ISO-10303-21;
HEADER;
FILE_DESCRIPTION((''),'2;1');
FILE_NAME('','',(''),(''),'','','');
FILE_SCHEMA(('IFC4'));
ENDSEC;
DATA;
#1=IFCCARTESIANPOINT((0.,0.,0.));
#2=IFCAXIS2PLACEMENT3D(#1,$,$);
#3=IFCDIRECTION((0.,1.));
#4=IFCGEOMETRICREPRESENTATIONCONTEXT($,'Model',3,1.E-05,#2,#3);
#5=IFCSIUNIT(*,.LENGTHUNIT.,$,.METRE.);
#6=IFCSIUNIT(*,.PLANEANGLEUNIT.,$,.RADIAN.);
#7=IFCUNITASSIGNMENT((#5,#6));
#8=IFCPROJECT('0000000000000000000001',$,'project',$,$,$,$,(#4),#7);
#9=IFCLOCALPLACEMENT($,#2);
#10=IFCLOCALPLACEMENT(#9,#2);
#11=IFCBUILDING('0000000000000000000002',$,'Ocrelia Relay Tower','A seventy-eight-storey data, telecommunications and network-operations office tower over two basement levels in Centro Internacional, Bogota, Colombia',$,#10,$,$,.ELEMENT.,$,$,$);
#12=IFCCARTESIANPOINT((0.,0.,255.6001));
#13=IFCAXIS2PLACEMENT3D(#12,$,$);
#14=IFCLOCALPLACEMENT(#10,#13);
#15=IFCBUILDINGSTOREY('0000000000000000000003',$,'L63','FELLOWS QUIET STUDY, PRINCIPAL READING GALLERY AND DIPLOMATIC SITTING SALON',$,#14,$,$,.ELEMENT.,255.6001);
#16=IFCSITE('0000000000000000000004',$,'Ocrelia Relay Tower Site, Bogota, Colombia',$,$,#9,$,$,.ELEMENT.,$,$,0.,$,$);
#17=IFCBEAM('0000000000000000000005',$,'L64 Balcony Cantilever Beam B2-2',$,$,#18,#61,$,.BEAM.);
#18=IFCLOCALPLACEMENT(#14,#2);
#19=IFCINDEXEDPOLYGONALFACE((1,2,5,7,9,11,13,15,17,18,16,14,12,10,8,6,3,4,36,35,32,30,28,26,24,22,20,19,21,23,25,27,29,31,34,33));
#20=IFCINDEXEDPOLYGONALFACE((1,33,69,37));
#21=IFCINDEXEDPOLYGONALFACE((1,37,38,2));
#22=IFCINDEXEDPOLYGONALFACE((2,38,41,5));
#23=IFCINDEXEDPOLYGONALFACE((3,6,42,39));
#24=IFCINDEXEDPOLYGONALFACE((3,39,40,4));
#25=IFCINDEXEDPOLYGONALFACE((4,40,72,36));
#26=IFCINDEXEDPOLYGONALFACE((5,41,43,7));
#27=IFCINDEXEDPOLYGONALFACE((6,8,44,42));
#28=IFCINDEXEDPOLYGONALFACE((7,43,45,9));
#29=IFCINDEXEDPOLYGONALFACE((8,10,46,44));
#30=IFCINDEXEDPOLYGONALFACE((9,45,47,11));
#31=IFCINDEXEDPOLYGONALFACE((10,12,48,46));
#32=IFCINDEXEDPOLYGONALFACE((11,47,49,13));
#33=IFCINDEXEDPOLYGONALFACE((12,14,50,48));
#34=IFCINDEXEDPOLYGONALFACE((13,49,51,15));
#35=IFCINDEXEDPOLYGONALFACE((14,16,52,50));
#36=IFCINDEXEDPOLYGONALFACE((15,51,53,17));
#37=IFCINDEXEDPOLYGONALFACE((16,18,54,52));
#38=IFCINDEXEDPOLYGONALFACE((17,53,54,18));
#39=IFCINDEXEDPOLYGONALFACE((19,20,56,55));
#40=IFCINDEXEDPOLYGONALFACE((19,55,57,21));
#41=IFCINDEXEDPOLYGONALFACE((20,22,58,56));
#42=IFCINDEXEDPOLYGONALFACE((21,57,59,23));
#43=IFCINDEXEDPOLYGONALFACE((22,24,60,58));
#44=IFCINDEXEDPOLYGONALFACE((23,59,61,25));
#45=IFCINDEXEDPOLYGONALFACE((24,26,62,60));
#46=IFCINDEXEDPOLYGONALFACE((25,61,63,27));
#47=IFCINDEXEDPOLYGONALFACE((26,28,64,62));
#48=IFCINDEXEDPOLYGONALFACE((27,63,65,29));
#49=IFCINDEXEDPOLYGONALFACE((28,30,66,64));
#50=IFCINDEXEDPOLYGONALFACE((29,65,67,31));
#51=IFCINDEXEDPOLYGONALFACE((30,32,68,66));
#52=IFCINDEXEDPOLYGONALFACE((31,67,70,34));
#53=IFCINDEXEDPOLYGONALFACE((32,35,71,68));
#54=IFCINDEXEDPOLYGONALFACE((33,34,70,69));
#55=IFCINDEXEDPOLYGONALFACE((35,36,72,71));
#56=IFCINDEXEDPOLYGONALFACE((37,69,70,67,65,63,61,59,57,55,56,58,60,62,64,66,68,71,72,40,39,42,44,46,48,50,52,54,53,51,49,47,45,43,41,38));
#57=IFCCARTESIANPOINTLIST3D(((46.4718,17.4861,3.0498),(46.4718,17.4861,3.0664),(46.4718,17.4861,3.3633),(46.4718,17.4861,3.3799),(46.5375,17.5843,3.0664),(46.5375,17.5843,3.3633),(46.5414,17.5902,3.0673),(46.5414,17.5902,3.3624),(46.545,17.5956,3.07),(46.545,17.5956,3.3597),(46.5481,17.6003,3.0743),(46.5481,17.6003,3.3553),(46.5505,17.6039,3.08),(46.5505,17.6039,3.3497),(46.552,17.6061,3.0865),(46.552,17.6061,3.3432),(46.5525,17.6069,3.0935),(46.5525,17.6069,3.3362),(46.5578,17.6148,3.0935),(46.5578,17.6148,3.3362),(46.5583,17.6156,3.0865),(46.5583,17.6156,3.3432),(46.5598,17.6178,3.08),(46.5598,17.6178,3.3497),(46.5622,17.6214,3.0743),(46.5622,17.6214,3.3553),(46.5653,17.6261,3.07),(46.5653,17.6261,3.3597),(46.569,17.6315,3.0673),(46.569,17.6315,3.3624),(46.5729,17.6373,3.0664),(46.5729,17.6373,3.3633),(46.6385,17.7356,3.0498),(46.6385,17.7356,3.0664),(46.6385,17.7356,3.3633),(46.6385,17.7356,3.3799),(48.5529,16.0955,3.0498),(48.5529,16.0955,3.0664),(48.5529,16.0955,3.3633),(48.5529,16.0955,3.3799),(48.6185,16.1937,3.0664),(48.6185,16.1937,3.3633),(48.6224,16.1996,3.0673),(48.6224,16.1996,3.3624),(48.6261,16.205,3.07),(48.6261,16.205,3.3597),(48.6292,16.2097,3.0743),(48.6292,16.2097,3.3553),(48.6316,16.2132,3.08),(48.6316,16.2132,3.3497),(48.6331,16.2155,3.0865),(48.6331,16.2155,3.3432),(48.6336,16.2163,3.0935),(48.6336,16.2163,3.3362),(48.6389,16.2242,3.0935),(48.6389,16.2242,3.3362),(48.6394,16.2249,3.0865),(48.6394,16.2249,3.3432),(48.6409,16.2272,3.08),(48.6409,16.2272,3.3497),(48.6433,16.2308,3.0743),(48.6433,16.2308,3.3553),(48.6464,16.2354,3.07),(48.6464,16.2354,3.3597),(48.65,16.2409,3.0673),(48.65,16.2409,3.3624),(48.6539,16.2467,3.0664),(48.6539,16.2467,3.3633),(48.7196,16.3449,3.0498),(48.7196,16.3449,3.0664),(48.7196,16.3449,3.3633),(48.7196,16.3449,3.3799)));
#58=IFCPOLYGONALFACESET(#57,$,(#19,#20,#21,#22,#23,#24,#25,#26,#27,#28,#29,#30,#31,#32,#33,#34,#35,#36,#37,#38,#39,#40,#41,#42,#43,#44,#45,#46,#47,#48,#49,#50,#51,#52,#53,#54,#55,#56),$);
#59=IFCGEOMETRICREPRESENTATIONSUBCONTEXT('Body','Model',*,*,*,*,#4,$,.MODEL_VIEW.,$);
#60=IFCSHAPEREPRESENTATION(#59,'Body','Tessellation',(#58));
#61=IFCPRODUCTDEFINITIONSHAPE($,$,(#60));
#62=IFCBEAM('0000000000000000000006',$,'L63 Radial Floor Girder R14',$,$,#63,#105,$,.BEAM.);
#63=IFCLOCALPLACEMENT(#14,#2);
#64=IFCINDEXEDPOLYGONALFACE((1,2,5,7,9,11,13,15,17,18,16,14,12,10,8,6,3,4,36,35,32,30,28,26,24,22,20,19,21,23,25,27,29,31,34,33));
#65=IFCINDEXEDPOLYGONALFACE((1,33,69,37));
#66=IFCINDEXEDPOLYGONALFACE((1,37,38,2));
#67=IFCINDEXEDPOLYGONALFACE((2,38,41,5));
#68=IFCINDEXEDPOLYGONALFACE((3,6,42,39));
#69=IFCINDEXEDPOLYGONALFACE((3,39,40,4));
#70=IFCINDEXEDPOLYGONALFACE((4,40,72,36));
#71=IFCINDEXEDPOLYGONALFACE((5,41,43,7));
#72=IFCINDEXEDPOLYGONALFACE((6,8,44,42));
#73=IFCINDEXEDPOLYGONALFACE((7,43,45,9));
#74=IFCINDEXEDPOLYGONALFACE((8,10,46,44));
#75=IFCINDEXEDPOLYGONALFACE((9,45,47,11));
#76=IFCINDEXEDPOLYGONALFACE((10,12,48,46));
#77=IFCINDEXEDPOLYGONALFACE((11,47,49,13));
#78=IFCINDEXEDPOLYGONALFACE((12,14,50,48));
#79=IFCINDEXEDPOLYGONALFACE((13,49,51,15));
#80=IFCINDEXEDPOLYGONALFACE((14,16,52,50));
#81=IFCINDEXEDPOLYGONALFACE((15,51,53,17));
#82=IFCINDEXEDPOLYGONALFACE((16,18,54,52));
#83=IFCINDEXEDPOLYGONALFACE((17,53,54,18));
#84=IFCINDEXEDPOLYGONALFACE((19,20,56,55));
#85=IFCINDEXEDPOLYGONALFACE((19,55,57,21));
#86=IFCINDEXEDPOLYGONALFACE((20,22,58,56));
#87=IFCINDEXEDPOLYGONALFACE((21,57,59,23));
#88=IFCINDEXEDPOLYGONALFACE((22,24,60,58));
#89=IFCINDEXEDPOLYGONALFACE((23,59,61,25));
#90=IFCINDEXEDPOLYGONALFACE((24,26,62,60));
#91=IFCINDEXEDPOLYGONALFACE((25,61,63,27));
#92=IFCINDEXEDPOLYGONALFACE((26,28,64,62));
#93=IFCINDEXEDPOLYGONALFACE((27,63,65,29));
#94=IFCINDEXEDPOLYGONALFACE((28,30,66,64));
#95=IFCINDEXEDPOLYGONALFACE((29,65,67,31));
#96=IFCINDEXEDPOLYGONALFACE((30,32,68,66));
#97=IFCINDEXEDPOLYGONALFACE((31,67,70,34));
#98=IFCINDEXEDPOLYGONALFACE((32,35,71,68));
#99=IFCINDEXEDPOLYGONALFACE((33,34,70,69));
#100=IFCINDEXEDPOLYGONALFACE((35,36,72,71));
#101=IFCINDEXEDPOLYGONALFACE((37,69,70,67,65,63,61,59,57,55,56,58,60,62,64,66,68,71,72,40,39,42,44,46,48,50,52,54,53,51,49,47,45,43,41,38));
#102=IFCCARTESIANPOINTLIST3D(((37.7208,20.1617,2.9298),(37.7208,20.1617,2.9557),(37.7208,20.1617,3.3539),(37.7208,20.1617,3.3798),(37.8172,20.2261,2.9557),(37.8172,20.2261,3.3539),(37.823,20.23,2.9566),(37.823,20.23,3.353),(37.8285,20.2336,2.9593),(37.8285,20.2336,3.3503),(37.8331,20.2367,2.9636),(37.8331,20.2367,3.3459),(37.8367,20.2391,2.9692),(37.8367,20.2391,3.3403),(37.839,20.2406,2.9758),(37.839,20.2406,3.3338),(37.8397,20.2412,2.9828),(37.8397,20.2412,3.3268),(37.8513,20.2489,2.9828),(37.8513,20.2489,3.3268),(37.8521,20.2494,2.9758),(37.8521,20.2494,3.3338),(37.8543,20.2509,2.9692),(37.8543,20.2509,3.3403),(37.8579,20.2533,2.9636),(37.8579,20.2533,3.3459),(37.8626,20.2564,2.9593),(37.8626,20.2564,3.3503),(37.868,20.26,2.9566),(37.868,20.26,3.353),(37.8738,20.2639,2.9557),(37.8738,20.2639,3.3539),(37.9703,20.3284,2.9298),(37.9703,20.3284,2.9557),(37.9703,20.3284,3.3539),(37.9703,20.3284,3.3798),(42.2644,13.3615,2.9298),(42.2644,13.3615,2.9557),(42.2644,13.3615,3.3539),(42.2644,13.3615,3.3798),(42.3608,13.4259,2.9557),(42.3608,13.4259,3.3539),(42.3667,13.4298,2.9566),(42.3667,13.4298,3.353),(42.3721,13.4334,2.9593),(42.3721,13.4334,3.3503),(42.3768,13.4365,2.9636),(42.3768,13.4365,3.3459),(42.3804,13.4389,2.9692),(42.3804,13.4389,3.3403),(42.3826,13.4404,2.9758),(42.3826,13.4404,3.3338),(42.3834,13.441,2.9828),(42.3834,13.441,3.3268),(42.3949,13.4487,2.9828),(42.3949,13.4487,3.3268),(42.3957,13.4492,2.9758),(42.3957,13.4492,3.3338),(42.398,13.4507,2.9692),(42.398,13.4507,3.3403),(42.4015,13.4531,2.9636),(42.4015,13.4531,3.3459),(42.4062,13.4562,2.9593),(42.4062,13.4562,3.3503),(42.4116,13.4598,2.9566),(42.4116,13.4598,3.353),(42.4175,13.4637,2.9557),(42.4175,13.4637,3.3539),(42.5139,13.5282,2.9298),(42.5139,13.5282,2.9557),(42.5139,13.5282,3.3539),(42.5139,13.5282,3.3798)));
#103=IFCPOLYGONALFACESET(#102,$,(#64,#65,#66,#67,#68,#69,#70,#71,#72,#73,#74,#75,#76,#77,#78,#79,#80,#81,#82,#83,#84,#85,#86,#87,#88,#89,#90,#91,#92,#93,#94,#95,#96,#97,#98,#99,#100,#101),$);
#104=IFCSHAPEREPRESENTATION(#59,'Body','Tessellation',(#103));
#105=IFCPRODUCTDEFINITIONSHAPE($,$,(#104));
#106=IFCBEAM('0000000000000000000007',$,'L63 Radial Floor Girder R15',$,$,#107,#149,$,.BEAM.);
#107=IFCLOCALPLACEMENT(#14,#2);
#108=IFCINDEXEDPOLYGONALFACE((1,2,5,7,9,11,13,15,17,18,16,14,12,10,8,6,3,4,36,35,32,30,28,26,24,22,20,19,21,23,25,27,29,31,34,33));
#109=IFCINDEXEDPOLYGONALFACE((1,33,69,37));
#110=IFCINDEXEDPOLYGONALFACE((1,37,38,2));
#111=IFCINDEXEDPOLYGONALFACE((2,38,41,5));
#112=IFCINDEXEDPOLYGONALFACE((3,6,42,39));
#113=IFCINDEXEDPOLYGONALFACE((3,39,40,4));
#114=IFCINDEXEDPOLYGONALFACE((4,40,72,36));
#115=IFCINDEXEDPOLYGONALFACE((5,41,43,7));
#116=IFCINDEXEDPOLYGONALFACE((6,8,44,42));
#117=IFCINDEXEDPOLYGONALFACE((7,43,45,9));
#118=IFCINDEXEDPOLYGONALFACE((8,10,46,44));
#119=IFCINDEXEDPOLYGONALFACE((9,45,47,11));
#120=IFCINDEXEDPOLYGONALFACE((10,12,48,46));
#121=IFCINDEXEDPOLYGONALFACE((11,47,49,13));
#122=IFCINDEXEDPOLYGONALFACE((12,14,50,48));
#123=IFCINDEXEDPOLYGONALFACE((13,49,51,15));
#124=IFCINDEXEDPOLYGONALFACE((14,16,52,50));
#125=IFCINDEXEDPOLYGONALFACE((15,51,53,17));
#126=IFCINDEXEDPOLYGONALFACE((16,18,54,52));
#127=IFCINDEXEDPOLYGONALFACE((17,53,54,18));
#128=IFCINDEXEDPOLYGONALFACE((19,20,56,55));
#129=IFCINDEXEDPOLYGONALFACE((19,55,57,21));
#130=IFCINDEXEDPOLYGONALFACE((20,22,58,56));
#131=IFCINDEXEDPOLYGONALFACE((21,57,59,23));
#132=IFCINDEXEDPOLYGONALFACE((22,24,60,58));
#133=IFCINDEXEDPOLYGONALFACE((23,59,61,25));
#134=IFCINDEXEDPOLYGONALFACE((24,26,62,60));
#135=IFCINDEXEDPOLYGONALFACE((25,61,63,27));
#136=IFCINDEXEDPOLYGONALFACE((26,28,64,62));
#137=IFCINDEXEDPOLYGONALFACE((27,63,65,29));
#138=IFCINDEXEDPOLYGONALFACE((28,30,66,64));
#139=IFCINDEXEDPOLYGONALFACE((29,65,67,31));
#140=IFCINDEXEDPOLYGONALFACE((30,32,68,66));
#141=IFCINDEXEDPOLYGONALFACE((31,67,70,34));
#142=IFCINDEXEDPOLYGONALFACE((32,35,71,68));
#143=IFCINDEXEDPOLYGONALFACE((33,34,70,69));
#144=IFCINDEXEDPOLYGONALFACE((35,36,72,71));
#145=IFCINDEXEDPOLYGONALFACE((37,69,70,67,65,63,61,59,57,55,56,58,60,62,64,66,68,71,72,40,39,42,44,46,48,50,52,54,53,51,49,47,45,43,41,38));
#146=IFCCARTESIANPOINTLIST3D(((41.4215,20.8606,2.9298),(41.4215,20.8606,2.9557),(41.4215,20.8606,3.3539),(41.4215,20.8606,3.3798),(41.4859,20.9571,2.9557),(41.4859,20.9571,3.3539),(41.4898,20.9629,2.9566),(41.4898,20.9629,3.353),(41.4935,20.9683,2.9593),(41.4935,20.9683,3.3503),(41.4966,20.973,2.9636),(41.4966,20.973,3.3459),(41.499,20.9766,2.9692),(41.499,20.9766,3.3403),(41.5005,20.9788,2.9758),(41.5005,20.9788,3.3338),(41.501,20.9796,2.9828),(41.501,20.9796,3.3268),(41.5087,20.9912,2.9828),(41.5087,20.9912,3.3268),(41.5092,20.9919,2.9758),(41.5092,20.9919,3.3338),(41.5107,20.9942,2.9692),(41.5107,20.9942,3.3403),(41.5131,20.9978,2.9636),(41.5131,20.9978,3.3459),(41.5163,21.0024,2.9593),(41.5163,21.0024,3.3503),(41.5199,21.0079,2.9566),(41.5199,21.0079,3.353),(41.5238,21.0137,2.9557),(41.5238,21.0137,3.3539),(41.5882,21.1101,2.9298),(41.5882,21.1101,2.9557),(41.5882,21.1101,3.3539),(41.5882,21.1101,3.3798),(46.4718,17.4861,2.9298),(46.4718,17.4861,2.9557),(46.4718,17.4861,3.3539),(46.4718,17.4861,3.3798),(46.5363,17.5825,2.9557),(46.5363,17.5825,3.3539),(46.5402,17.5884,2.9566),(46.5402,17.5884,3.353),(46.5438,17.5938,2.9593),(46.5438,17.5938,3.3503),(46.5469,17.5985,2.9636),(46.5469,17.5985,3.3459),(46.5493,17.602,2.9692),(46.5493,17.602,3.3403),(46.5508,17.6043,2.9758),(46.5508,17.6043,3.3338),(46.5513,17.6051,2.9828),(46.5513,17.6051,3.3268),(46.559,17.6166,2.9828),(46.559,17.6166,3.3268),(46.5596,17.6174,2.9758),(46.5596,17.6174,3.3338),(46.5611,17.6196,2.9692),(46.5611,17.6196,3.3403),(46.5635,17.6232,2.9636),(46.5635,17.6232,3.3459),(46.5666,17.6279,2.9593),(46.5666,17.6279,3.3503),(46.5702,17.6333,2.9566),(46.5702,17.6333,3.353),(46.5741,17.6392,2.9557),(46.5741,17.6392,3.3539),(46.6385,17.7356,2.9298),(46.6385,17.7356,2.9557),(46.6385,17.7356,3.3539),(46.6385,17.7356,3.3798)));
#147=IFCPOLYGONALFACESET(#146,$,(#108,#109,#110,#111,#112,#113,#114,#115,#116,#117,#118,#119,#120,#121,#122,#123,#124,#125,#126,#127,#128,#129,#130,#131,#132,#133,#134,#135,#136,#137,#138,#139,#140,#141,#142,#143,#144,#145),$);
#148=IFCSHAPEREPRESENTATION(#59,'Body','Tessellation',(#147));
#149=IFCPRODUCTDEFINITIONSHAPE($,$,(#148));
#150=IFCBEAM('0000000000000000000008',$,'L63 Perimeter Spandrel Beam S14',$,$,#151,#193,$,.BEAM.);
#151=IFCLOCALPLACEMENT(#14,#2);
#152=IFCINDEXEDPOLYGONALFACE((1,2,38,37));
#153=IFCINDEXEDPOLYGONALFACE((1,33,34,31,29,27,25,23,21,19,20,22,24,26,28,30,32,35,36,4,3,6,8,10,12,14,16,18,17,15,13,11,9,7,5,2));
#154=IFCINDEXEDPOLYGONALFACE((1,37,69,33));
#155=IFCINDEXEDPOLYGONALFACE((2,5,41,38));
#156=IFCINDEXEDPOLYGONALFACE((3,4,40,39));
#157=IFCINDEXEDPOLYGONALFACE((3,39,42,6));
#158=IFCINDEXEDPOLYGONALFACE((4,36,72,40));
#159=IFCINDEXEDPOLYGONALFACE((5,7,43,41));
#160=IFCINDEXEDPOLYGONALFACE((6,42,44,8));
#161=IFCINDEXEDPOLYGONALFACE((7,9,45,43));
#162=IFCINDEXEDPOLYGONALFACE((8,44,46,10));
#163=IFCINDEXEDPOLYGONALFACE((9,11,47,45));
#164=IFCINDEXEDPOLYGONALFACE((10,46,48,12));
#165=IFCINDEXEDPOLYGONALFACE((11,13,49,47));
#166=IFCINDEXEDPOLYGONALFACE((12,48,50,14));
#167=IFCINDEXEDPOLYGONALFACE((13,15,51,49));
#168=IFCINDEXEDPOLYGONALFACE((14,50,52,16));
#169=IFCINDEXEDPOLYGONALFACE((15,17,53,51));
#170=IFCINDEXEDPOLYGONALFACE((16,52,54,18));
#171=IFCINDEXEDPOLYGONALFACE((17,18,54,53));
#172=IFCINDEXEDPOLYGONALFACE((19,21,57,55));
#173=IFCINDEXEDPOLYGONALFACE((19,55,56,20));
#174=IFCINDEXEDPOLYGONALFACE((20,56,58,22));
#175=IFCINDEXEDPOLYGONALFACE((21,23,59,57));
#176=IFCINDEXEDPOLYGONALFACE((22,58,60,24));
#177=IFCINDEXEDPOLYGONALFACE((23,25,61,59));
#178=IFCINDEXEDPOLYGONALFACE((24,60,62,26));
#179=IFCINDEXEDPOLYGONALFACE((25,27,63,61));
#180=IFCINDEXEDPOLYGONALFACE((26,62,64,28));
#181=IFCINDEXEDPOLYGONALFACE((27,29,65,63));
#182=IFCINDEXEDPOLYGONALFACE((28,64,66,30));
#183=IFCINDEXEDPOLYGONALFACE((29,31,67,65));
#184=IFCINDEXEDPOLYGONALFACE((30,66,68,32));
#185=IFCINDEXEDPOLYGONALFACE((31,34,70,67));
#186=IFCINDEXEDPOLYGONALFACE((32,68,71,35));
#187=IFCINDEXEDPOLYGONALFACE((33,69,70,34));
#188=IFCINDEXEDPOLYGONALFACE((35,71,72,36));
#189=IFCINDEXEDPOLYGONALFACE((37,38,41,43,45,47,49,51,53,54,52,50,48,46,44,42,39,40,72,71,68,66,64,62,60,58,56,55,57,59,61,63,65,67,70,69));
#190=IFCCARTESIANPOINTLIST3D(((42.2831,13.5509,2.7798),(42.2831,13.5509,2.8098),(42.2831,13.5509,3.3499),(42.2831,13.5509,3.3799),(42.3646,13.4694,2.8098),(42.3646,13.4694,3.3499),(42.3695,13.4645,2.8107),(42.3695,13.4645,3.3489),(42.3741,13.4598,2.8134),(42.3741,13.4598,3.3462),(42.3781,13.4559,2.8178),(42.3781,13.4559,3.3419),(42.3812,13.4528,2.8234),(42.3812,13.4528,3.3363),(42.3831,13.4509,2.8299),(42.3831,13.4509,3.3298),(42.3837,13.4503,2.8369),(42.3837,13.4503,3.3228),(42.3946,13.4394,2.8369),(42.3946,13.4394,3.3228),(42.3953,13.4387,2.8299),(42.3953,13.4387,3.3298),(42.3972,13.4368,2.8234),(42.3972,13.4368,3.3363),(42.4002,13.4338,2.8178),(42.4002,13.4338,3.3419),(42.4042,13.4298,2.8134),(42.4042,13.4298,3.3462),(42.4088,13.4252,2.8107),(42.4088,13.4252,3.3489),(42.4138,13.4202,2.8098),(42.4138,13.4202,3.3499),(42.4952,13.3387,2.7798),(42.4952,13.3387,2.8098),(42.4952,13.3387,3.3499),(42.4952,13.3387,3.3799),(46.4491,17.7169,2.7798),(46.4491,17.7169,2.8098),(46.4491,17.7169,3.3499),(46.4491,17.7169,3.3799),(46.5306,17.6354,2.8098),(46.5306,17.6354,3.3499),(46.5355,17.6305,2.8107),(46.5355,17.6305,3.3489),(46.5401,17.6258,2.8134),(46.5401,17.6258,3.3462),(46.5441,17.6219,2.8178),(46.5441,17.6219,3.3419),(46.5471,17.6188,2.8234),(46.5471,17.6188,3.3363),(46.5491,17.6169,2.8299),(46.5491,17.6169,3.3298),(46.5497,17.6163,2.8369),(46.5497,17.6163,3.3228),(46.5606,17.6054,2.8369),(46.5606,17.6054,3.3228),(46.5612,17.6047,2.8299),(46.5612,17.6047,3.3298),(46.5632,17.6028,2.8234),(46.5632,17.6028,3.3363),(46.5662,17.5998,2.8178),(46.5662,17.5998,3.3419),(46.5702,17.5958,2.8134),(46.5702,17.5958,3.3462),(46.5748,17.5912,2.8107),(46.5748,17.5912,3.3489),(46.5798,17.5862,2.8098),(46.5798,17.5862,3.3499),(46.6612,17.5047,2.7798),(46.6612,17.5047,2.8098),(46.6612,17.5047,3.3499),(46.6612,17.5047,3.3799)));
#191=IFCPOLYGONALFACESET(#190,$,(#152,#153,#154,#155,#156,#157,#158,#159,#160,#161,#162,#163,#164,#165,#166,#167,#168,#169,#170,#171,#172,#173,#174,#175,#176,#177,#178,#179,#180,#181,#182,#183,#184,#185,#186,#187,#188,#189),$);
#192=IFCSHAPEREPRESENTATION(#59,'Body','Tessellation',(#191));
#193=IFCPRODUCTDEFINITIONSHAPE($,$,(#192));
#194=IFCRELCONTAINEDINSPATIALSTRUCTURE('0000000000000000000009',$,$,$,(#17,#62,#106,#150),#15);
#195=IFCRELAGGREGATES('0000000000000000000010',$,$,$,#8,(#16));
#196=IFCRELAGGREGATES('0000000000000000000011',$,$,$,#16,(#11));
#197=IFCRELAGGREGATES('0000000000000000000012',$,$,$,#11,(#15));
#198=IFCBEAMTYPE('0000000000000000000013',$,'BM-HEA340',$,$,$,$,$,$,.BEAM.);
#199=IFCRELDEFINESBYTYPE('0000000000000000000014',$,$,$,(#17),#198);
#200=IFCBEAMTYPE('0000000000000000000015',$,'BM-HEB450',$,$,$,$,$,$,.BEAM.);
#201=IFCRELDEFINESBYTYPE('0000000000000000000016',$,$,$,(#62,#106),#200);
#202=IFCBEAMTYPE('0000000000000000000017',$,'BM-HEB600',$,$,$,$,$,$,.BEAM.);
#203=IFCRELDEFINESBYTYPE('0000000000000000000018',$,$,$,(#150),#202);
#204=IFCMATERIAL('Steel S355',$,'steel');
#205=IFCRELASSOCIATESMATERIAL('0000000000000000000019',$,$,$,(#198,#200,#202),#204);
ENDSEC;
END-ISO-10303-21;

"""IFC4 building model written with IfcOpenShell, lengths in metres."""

from ifc_helpers import new_model, si_unit, direction, frame, origin, origin_2d, place, context, subcontext, project, spatial, i_section, extrude, material, material_profile, profile_set, type_object, element, save


model = new_model("IFC4")

# Units and contexts
model_context = context("Model", 3, precision=1e-05, world=origin(), true_north=direction((0.0, 1.0)))
body_context = subcontext(model_context, "Body", "Model", "MODEL_VIEW")
ifc_project = project(units=[si_unit("LENGTHUNIT", "METRE"), si_unit("PLANEANGLEUNIT", "RADIAN")], contexts=[model_context])

# Site, building, storey
site_placement = place(None, origin())
site = spatial("IfcSite", under=ifc_project, at=site_placement, Name="Ocrelia Relay Tower Site, Bogota, Colombia", CompositionType="ELEMENT", RefElevation=0.0)
building_placement = place(site_placement, origin())
building = spatial("IfcBuilding", under=site, at=building_placement, Name="Ocrelia Relay Tower", Description="A seventy-eight-storey data, telecommunications and network-operations office tower over two basement levels in Centro Internacional, Bogota, Colombia", CompositionType="ELEMENT")
storey_placement = place(building_placement, frame((0.0, 0.0, 255.6001)))
storey = spatial("IfcBuildingStorey", under=building, at=storey_placement, Name="L63", Description="FELLOWS QUIET STUDY, PRINCIPAL READING GALLERY AND DIPLOMATIC SITTING SALON", CompositionType="ELEMENT", Elevation=255.6001)

# Beams
ifc_material_1 = material(Name="Steel S355", Category="steel")
ifc_material_profile_1 = material_profile(ifc_material_1, i_section(OverallWidth=0.3, OverallDepth=0.3301, WebThickness=0.0095, FlangeThickness=0.0166, FilletRadius=0.0271, at=origin_2d()), Name="HEA 340")
ifc_profile_set_1 = profile_set([ifc_material_profile_1], Name="Steel S355")
beam_type_1 = type_object("IfcBeamType", Name="BM-HEA340", PredefinedType="BEAM", material=ifc_profile_set_1)
beam_1_placement = place(storey_placement, frame((46.5552, 17.6108, 3.2148), z_axis=(0.83145, -0.5556, 0.0), x_axis=(0.5556, 0.83145, 0.0)))
element("IfcBeam", 1, at=beam_1_placement, inside=storey, type_object=beam_type_1, Name="L64 Balcony Cantilever Beam B2-2", PredefinedType="BEAM", context=body_context, shape_type="SweptSolid", body=[
    extrude(i_section(OverallWidth=0.3, OverallDepth=0.3301, WebThickness=0.0095, FlangeThickness=0.0166, FilletRadius=0.0271, at=origin_2d()), origin(), (0.0, 0.0, 1.0), 2.5029),
])
ifc_material_profile_2 = material_profile(ifc_material_1, i_section(OverallWidth=0.3, OverallDepth=0.45, WebThickness=0.0139, FlangeThickness=0.0259, FilletRadius=0.0271, at=origin_2d()), Name="HEB 450")
ifc_profile_set_2 = profile_set([ifc_material_profile_2], Name="Steel S355")
beam_type_2 = type_object("IfcBeamType", Name="BM-HEB450", PredefinedType="BEAM", material=ifc_profile_set_2)
beam_2_placement = place(storey_placement, frame((42.3892, 13.4448, 3.1548), z_axis=(-0.555561, 0.831476, 0.0), x_axis=(-0.831476, -0.555561, 0.0)))
element("IfcBeam", 2, at=beam_2_placement, inside=storey, type_object=beam_type_2, Name="L63 Radial Floor Girder R14", PredefinedType="BEAM", context=body_context, shape_type="SweptSolid", body=[
    extrude(i_section(OverallWidth=0.3, OverallDepth=0.45, WebThickness=0.0139, FlangeThickness=0.0259, FilletRadius=0.0271, at=origin_2d()), origin(), (0.0, 0.0, 1.0), 8.1785),
])
beam_3_placement = place(storey_placement, frame((46.5552, 17.6108, 3.1548), z_axis=(-0.831469, 0.555572, 0.0), x_axis=(-0.555572, -0.831469, 0.0)))
element("IfcBeam", 3, at=beam_3_placement, inside=storey, type_object=beam_type_2, Name="L63 Radial Floor Girder R15", PredefinedType="BEAM", context=body_context, shape_type="SweptSolid", body=[
    extrude(i_section(OverallWidth=0.3, OverallDepth=0.45, WebThickness=0.0139, FlangeThickness=0.0259, FilletRadius=0.0271, at=origin_2d()), origin(), (0.0, 0.0, 1.0), 6.074),
])
ifc_material_profile_3 = material_profile(ifc_material_1, i_section(OverallWidth=0.3, OverallDepth=0.6001, WebThickness=0.0154, FlangeThickness=0.03, FilletRadius=0.0271, at=origin_2d()), Name="HEB 600")
ifc_profile_set_3 = profile_set([ifc_material_profile_3], Name="Steel S355")
beam_type_3 = type_object("IfcBeamType", Name="BM-HEB600", PredefinedType="BEAM", material=ifc_profile_set_3)
beam_4_placement = place(storey_placement, frame((42.3892, 13.4448, 3.0798), z_axis=(0.707107, 0.707107, 0.0), x_axis=(-0.707107, 0.707107, 0.0)))
element("IfcBeam", 4, at=beam_4_placement, inside=storey, type_object=beam_type_3, Name="L63 Perimeter Spandrel Beam S14", PredefinedType="BEAM", context=body_context, shape_type="SweptSolid", body=[
    extrude(i_section(OverallWidth=0.3, OverallDepth=0.6001, WebThickness=0.0154, FlangeThickness=0.03, FilletRadius=0.0271, at=origin_2d()), origin(), (0.0, 0.0, 1.0), 5.8916),
])

save(model, "model.ifc")
